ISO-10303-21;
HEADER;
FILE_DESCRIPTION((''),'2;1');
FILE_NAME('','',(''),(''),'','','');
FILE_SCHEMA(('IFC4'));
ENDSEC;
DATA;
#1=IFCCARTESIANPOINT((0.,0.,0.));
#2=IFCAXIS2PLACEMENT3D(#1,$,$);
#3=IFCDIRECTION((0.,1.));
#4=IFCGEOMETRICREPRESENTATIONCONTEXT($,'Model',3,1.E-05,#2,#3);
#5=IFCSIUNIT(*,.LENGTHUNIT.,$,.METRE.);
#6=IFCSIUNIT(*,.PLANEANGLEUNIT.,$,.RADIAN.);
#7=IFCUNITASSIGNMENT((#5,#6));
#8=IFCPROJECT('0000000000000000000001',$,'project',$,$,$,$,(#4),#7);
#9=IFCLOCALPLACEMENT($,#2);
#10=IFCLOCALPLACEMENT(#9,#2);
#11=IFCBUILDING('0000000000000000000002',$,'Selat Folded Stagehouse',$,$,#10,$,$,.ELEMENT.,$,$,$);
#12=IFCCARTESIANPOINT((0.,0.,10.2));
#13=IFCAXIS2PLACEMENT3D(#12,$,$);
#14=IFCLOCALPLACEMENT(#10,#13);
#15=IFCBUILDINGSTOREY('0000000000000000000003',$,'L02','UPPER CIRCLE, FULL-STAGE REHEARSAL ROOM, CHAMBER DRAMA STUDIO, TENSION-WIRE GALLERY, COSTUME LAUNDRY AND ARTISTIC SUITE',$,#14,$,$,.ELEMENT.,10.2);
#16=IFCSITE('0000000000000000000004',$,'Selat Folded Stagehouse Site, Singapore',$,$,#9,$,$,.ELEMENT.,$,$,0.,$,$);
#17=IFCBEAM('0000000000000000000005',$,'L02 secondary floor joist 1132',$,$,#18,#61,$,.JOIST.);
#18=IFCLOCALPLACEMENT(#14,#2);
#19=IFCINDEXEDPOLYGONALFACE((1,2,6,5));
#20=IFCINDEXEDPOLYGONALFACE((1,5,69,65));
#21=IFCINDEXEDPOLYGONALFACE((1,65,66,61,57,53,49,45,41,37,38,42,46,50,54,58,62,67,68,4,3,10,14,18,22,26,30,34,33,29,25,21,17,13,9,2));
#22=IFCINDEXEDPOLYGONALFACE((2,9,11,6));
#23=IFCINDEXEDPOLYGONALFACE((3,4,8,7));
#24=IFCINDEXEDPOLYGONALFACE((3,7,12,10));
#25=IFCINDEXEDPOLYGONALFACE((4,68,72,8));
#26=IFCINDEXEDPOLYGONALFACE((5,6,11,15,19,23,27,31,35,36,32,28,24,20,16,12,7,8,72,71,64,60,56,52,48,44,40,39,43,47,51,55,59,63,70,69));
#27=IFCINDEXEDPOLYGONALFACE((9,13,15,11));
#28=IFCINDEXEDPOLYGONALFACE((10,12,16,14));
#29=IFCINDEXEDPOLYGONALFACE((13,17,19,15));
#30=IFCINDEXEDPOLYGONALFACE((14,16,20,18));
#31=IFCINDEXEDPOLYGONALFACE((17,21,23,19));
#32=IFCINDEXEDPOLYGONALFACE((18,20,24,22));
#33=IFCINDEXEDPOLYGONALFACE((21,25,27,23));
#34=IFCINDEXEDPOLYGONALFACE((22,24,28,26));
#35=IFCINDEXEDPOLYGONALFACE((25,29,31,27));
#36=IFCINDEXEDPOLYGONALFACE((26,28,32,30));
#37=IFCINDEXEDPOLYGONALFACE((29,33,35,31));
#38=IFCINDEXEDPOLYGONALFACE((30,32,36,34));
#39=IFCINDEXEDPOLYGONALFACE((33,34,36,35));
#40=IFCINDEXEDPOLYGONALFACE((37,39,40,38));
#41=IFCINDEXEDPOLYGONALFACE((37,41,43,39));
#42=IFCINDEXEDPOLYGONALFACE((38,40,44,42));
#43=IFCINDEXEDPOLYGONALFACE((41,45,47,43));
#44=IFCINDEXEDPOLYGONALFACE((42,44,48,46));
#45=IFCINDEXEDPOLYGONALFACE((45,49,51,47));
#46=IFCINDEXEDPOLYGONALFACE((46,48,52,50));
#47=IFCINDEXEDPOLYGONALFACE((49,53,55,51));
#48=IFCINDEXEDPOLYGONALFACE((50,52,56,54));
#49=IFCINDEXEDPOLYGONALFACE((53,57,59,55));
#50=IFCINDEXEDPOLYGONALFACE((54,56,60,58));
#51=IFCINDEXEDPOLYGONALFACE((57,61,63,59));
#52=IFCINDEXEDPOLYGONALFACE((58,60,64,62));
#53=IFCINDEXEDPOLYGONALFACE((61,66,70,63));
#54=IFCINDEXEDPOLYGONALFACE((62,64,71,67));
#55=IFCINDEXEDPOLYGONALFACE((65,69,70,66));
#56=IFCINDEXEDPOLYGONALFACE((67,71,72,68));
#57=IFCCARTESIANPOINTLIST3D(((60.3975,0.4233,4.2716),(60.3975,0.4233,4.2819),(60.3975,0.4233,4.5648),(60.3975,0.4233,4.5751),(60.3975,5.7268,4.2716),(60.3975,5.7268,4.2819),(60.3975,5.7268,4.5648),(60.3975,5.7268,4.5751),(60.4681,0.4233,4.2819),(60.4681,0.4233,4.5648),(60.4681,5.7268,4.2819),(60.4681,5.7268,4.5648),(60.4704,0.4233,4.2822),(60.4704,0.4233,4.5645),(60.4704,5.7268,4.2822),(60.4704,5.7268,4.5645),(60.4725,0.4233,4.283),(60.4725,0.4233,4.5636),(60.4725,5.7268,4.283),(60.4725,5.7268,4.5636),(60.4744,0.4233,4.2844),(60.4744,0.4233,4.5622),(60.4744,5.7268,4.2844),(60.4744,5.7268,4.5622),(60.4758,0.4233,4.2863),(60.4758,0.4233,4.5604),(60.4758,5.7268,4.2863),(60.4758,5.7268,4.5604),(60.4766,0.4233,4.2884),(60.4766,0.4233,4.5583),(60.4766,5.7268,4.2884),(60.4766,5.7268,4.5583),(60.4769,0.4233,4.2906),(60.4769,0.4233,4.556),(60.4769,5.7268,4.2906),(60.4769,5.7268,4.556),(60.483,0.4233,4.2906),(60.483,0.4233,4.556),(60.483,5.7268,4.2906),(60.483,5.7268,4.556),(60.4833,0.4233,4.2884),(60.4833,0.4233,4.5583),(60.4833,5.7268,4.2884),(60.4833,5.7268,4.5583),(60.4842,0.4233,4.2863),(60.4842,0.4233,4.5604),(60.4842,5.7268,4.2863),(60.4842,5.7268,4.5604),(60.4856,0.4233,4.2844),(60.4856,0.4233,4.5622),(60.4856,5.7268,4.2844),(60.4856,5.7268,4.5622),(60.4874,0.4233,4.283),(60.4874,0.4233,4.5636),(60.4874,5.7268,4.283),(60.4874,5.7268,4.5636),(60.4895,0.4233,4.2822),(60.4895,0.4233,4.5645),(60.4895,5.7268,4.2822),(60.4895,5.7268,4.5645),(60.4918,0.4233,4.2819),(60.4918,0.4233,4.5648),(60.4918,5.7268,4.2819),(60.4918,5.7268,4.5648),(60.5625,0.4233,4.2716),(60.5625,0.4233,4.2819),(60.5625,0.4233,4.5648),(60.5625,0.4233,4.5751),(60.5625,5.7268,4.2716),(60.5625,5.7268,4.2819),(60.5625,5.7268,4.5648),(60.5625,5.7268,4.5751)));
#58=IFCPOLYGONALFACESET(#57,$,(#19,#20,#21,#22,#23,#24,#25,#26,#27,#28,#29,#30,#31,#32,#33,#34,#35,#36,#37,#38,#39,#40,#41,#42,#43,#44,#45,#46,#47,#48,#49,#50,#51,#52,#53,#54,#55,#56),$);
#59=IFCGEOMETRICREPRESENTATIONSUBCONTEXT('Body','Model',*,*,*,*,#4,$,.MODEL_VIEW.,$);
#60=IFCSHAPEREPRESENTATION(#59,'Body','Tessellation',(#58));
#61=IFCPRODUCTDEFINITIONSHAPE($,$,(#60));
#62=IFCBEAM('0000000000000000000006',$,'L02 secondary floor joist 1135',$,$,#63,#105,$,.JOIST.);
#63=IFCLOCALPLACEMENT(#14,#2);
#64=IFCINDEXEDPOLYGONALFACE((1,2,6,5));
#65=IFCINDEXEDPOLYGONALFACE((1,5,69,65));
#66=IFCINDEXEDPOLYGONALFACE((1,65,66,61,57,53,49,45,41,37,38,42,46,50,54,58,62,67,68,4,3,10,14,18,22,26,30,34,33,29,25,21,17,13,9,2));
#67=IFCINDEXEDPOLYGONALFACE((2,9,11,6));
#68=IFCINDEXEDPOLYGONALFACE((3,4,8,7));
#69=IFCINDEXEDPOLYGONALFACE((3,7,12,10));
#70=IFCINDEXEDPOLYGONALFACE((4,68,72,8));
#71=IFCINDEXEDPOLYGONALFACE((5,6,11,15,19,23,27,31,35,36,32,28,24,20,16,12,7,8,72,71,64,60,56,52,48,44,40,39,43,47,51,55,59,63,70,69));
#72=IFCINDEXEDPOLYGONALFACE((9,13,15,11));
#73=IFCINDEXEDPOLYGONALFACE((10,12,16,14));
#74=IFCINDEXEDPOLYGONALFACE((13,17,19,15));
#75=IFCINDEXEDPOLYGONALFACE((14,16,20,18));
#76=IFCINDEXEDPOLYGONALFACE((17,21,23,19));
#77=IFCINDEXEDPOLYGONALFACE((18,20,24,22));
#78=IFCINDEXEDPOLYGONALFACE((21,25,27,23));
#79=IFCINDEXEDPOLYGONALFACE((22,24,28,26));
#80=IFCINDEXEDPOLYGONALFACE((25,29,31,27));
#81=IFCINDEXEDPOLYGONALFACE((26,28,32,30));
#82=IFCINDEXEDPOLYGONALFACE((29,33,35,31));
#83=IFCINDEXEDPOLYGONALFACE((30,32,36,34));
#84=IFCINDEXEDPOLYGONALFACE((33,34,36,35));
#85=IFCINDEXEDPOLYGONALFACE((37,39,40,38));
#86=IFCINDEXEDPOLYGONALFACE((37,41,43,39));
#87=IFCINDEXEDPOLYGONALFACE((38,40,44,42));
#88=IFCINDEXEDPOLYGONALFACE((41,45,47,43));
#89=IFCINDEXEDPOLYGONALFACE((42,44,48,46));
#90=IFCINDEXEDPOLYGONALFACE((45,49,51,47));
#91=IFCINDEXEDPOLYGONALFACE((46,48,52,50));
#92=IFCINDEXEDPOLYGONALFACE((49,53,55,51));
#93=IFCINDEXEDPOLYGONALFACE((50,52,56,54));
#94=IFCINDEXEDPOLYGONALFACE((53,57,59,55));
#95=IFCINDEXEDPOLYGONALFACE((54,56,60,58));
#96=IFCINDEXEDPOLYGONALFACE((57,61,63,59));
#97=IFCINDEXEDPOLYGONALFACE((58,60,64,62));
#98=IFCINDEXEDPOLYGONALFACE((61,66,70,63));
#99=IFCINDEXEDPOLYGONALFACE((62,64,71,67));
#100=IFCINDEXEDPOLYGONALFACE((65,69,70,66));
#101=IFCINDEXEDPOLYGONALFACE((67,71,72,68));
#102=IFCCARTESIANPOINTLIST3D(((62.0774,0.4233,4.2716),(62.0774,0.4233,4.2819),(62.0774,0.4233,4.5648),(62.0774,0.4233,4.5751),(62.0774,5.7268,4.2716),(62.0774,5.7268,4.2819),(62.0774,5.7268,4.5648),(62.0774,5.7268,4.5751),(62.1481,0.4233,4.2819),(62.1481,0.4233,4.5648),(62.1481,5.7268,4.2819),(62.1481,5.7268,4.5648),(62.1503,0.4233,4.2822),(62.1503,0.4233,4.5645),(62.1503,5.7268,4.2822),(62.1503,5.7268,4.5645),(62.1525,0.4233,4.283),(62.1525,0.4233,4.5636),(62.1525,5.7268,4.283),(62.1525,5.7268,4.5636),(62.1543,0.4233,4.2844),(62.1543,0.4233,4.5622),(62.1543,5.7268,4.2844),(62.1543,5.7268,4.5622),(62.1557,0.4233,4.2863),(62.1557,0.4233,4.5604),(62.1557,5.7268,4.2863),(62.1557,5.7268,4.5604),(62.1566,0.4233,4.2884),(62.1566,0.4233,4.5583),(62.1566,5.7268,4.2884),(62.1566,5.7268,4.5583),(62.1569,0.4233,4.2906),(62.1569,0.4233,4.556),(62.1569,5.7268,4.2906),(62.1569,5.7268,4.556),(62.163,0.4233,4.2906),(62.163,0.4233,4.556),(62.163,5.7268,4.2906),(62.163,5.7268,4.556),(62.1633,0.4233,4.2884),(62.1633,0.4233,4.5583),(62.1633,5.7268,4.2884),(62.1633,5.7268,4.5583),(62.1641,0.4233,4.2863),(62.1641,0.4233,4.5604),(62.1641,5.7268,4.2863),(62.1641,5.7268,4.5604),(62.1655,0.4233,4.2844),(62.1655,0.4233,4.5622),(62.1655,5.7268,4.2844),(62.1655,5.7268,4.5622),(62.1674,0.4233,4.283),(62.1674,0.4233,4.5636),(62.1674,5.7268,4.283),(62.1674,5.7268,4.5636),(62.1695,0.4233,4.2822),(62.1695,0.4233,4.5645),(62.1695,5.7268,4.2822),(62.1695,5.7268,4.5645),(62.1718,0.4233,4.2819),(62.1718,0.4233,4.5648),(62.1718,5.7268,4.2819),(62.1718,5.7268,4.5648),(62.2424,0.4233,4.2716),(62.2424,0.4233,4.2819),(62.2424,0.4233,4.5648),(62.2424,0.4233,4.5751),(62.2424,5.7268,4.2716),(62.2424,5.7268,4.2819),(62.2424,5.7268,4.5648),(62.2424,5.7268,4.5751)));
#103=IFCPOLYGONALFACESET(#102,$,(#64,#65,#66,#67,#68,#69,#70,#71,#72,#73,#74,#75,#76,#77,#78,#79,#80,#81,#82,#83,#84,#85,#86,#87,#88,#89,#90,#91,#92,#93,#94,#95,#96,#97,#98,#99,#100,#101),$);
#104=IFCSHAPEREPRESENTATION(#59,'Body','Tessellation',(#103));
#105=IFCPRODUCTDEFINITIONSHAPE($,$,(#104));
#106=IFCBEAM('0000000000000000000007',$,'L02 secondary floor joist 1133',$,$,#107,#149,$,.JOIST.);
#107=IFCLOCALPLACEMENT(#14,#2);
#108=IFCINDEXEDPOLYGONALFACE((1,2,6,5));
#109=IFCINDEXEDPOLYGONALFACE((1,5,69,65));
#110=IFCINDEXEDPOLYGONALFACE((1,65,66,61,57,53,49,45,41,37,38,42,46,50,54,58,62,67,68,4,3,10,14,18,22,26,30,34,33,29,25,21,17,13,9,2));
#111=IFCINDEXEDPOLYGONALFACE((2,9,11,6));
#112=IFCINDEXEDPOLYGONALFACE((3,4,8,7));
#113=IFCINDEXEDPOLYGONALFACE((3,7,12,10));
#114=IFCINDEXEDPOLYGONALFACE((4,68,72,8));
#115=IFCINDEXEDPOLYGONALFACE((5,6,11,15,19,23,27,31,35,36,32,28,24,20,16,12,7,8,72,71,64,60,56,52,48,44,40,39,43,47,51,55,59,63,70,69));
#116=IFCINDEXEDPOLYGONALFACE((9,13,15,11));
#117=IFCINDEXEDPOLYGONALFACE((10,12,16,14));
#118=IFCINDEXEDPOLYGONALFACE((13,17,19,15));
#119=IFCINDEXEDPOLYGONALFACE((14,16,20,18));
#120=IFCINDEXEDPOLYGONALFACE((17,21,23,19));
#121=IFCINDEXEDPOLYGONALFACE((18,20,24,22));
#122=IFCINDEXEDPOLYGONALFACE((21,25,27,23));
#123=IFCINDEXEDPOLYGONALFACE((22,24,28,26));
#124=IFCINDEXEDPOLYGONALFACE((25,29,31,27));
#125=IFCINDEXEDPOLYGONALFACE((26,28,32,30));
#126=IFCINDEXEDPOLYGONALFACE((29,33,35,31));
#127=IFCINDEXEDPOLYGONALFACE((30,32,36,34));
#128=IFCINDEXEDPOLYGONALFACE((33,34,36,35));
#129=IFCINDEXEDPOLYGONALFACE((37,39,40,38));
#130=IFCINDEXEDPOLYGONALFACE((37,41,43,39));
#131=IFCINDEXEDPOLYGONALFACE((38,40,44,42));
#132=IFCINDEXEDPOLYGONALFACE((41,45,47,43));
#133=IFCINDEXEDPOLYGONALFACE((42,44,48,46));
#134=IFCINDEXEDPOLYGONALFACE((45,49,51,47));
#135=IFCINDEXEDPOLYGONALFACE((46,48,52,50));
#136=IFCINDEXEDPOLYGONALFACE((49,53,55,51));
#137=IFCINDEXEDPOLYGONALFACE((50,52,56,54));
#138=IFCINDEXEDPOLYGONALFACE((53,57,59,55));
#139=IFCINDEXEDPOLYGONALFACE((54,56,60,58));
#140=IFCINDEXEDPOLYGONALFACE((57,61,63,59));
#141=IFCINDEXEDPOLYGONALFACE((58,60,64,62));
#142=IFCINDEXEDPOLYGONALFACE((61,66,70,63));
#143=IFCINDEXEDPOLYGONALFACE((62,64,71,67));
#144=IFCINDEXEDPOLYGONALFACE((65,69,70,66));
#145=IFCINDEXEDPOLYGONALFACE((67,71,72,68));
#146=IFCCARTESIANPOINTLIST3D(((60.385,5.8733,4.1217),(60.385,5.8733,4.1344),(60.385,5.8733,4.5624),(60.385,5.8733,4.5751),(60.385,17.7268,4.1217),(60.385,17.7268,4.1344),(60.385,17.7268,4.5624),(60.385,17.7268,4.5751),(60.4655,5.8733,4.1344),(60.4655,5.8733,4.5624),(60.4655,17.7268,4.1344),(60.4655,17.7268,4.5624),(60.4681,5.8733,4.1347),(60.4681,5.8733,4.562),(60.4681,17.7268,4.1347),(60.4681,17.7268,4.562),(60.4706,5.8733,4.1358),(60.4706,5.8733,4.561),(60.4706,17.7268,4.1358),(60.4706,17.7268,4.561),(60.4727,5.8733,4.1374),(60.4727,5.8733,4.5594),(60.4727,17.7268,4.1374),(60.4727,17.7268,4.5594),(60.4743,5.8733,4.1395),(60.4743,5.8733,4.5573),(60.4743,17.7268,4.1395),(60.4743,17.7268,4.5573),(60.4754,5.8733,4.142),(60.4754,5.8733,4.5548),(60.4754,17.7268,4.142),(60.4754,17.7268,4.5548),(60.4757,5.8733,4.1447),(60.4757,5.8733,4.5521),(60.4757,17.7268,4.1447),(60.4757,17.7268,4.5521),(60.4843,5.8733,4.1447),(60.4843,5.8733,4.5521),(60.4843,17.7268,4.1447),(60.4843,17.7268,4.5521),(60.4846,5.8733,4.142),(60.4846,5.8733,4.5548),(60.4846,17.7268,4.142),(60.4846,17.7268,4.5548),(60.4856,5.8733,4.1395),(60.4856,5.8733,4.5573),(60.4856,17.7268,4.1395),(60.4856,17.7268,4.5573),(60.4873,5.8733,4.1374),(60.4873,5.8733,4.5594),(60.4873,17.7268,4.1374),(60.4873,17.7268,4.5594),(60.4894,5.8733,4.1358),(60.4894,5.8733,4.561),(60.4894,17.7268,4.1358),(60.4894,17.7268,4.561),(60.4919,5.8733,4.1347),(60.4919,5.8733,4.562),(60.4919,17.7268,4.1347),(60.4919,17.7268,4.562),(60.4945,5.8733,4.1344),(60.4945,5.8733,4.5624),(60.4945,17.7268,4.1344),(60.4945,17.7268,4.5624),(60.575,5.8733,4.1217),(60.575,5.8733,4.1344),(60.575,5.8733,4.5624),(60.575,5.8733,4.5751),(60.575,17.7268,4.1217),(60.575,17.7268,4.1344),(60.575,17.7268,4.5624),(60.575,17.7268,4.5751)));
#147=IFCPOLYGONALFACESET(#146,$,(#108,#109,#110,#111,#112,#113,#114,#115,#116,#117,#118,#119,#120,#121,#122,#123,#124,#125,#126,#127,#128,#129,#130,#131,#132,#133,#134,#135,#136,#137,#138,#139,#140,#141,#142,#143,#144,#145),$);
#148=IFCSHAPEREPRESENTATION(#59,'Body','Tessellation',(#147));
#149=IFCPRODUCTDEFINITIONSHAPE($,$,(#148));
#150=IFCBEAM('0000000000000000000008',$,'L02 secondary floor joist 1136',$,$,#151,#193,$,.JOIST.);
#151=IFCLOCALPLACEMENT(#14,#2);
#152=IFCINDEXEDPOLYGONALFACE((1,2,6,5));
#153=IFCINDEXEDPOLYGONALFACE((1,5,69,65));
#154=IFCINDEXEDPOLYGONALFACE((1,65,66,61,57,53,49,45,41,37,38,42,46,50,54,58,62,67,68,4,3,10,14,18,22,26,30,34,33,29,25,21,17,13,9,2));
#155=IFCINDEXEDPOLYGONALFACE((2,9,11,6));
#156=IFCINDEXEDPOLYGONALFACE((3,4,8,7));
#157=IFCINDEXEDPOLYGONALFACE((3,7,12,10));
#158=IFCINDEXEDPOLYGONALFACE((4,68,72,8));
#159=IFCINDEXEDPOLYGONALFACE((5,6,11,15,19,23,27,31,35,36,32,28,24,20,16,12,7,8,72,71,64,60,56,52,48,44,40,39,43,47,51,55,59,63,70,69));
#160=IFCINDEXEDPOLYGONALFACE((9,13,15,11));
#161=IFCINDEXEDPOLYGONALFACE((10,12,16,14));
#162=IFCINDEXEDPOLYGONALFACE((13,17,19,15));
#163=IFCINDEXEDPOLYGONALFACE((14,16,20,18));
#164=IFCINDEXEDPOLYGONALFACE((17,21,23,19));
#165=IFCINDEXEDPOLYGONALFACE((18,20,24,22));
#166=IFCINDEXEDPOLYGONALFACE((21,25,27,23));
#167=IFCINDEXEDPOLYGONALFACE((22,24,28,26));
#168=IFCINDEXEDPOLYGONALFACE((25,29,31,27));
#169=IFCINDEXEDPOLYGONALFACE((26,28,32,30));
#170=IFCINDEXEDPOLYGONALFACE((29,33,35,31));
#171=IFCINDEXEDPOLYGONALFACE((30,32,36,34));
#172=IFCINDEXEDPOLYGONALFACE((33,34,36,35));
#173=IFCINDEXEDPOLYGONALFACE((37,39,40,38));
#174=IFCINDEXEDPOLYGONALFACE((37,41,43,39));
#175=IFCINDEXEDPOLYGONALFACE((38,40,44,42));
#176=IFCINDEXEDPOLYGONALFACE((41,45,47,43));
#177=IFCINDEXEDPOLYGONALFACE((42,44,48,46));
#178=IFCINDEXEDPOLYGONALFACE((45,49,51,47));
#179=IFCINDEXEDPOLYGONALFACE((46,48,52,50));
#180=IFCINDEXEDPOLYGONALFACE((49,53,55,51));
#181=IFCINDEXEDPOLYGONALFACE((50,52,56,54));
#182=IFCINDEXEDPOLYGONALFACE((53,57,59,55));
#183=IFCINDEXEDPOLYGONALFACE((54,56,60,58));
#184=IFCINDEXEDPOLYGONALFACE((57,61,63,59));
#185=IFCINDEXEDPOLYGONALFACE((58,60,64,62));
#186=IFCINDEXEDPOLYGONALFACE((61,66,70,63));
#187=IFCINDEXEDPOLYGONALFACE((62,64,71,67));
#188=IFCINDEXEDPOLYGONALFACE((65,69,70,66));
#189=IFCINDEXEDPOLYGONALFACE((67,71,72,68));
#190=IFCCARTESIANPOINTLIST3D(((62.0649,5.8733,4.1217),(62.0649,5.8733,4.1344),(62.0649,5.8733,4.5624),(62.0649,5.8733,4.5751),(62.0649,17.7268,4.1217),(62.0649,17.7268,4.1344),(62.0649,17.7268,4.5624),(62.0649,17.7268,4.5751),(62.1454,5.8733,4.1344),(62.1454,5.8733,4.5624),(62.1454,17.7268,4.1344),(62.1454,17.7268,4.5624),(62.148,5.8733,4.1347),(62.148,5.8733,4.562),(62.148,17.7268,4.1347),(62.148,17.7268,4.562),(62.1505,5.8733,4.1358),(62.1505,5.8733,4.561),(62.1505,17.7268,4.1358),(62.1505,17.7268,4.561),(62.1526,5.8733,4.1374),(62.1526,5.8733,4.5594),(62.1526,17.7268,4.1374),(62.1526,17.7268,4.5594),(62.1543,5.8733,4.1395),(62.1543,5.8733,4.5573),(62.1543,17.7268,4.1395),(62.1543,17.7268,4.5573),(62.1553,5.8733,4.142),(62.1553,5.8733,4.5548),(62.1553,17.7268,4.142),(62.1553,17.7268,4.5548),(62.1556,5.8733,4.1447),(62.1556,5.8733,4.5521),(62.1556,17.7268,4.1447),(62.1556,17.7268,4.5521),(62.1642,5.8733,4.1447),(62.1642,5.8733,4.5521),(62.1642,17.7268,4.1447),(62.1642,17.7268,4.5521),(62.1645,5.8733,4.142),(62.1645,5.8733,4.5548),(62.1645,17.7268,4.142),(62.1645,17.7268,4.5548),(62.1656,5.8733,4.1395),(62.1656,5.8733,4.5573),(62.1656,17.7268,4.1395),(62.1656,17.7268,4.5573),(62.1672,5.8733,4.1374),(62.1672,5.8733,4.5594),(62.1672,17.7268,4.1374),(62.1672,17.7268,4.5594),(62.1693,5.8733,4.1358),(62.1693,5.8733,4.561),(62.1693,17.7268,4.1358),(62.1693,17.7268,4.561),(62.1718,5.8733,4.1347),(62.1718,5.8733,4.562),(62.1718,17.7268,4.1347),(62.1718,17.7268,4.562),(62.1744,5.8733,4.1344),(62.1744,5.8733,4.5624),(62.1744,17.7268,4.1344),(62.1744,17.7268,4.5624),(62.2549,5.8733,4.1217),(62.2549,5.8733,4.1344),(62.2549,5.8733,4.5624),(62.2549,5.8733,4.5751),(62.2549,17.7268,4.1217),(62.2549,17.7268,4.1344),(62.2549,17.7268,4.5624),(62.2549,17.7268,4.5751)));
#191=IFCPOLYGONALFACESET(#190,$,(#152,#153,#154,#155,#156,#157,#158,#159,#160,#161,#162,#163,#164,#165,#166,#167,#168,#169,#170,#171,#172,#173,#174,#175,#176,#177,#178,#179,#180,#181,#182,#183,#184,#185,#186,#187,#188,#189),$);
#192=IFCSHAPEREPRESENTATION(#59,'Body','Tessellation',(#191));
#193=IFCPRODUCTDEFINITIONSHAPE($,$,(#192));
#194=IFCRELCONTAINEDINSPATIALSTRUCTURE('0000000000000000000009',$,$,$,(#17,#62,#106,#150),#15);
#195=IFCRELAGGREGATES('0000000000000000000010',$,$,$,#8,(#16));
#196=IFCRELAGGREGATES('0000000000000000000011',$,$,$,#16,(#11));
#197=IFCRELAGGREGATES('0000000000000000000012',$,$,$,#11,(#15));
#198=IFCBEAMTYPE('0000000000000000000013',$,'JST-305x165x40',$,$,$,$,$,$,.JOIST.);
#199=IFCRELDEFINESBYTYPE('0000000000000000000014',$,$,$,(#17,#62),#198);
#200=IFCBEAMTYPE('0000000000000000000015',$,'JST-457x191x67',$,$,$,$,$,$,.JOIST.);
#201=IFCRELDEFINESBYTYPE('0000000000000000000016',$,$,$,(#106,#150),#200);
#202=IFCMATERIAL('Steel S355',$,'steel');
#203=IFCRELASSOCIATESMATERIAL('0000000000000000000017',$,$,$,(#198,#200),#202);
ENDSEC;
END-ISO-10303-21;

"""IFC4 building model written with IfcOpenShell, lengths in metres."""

from ifc_helpers import new_model, si_unit, direction, frame, origin, origin_2d, place, context, subcontext, project, spatial, i_section, extrude, material, material_profile, profile_set, type_object, element, save


model = new_model("IFC4")

# Units and contexts
model_context = context("Model", 3, precision=1e-05, world=origin(), true_north=direction((0.0, 1.0)))
body_context = subcontext(model_context, "Body", "Model", "MODEL_VIEW")
ifc_project = project(units=[si_unit("LENGTHUNIT", "METRE"), si_unit("PLANEANGLEUNIT", "RADIAN")], contexts=[model_context])

# Site, building, storey
site_placement = place(None, origin())
site = spatial("IfcSite", under=ifc_project, at=site_placement, Name="Selat Folded Stagehouse Site, Singapore", CompositionType="ELEMENT", RefElevation=0.0)
building_placement = place(site_placement, origin())
building = spatial("IfcBuilding", under=site, at=building_placement, Name="Selat Folded Stagehouse", CompositionType="ELEMENT")
storey_placement = place(building_placement, frame((0.0, 0.0, 10.2)))
storey = spatial("IfcBuildingStorey", under=building, at=storey_placement, Name="L02", Description="UPPER CIRCLE, FULL-STAGE REHEARSAL ROOM, CHAMBER DRAMA STUDIO, TENSION-WIRE GALLERY, COSTUME LAUNDRY AND ARTISTIC SUITE", CompositionType="ELEMENT", Elevation=10.2)

# Beams
ifc_material_1 = material(Name="Steel S355", Category="steel")
ifc_material_profile_1 = material_profile(ifc_material_1, i_section(OverallWidth=0.165, OverallDepth=0.3035, WebThickness=0.0061, FlangeThickness=0.0103, FilletRadius=0.0088, at=origin_2d()), Name="UKB 305x165x40")
ifc_profile_set_1 = profile_set([ifc_material_profile_1], Name="Steel S355")
beam_type_1 = type_object("IfcBeamType", Name="JST-305x165x40", PredefinedType="JOIST", material=ifc_profile_set_1)
for number, where, z_axis, x_axis, name in (
    (1, (60.48, 0.4233, 4.4233), (0.0, 1.0, 0.0), (-1.0, 0.0, 0.0), "L02 secondary floor joist 1132"),
    (2, (62.1599, 0.4233, 4.4233), (0.0, 1.0, 0.0), (-1.0, 0.0, 0.0), "L02 secondary floor joist 1135"),
):
    element("IfcBeam", number, at=place(storey_placement, frame(where, z_axis=z_axis, x_axis=x_axis)), inside=storey, type_object=beam_type_1, Name=name, PredefinedType="JOIST", context=body_context, shape_type="SweptSolid", body=[
        extrude(i_section(OverallWidth=0.165, OverallDepth=0.3035, WebThickness=0.0061, FlangeThickness=0.0103, FilletRadius=0.0088, at=origin_2d()), origin(), (0.0, 0.0, 1.0), 5.3035),
    ])
ifc_material_profile_2 = material_profile(ifc_material_1, i_section(OverallWidth=0.1899, OverallDepth=0.4534, WebThickness=0.0085, FlangeThickness=0.0127, FilletRadius=0.0103, at=origin_2d()), Name="UKB 457x191x67")
ifc_profile_set_2 = profile_set([ifc_material_profile_2], Name="Steel S355")
beam_type_2 = type_object("IfcBeamType", Name="JST-457x191x67", PredefinedType="JOIST", material=ifc_profile_set_2)
for number, where, z_axis, x_axis, name in (
    (3, (60.48, 5.8733, 4.3484), (0.0, 1.0, 0.0), (-1.0, 0.0, 0.0), "L02 secondary floor joist 1133"),
    (4, (62.1599, 5.8733, 4.3484), (0.0, 1.0, 0.0), (-1.0, 0.0, 0.0), "L02 secondary floor joist 1136"),
):
    element("IfcBeam", number, at=place(storey_placement, frame(where, z_axis=z_axis, x_axis=x_axis)), inside=storey, type_object=beam_type_2, Name=name, PredefinedType="JOIST", context=body_context, shape_type="SweptSolid", body=[
        extrude(i_section(OverallWidth=0.1899, OverallDepth=0.4534, WebThickness=0.0085, FlangeThickness=0.0127, FilletRadius=0.0103, at=origin_2d()), origin(), (0.0, 0.0, 1.0), 11.8535),
    ])

save(model, "model.ifc")
